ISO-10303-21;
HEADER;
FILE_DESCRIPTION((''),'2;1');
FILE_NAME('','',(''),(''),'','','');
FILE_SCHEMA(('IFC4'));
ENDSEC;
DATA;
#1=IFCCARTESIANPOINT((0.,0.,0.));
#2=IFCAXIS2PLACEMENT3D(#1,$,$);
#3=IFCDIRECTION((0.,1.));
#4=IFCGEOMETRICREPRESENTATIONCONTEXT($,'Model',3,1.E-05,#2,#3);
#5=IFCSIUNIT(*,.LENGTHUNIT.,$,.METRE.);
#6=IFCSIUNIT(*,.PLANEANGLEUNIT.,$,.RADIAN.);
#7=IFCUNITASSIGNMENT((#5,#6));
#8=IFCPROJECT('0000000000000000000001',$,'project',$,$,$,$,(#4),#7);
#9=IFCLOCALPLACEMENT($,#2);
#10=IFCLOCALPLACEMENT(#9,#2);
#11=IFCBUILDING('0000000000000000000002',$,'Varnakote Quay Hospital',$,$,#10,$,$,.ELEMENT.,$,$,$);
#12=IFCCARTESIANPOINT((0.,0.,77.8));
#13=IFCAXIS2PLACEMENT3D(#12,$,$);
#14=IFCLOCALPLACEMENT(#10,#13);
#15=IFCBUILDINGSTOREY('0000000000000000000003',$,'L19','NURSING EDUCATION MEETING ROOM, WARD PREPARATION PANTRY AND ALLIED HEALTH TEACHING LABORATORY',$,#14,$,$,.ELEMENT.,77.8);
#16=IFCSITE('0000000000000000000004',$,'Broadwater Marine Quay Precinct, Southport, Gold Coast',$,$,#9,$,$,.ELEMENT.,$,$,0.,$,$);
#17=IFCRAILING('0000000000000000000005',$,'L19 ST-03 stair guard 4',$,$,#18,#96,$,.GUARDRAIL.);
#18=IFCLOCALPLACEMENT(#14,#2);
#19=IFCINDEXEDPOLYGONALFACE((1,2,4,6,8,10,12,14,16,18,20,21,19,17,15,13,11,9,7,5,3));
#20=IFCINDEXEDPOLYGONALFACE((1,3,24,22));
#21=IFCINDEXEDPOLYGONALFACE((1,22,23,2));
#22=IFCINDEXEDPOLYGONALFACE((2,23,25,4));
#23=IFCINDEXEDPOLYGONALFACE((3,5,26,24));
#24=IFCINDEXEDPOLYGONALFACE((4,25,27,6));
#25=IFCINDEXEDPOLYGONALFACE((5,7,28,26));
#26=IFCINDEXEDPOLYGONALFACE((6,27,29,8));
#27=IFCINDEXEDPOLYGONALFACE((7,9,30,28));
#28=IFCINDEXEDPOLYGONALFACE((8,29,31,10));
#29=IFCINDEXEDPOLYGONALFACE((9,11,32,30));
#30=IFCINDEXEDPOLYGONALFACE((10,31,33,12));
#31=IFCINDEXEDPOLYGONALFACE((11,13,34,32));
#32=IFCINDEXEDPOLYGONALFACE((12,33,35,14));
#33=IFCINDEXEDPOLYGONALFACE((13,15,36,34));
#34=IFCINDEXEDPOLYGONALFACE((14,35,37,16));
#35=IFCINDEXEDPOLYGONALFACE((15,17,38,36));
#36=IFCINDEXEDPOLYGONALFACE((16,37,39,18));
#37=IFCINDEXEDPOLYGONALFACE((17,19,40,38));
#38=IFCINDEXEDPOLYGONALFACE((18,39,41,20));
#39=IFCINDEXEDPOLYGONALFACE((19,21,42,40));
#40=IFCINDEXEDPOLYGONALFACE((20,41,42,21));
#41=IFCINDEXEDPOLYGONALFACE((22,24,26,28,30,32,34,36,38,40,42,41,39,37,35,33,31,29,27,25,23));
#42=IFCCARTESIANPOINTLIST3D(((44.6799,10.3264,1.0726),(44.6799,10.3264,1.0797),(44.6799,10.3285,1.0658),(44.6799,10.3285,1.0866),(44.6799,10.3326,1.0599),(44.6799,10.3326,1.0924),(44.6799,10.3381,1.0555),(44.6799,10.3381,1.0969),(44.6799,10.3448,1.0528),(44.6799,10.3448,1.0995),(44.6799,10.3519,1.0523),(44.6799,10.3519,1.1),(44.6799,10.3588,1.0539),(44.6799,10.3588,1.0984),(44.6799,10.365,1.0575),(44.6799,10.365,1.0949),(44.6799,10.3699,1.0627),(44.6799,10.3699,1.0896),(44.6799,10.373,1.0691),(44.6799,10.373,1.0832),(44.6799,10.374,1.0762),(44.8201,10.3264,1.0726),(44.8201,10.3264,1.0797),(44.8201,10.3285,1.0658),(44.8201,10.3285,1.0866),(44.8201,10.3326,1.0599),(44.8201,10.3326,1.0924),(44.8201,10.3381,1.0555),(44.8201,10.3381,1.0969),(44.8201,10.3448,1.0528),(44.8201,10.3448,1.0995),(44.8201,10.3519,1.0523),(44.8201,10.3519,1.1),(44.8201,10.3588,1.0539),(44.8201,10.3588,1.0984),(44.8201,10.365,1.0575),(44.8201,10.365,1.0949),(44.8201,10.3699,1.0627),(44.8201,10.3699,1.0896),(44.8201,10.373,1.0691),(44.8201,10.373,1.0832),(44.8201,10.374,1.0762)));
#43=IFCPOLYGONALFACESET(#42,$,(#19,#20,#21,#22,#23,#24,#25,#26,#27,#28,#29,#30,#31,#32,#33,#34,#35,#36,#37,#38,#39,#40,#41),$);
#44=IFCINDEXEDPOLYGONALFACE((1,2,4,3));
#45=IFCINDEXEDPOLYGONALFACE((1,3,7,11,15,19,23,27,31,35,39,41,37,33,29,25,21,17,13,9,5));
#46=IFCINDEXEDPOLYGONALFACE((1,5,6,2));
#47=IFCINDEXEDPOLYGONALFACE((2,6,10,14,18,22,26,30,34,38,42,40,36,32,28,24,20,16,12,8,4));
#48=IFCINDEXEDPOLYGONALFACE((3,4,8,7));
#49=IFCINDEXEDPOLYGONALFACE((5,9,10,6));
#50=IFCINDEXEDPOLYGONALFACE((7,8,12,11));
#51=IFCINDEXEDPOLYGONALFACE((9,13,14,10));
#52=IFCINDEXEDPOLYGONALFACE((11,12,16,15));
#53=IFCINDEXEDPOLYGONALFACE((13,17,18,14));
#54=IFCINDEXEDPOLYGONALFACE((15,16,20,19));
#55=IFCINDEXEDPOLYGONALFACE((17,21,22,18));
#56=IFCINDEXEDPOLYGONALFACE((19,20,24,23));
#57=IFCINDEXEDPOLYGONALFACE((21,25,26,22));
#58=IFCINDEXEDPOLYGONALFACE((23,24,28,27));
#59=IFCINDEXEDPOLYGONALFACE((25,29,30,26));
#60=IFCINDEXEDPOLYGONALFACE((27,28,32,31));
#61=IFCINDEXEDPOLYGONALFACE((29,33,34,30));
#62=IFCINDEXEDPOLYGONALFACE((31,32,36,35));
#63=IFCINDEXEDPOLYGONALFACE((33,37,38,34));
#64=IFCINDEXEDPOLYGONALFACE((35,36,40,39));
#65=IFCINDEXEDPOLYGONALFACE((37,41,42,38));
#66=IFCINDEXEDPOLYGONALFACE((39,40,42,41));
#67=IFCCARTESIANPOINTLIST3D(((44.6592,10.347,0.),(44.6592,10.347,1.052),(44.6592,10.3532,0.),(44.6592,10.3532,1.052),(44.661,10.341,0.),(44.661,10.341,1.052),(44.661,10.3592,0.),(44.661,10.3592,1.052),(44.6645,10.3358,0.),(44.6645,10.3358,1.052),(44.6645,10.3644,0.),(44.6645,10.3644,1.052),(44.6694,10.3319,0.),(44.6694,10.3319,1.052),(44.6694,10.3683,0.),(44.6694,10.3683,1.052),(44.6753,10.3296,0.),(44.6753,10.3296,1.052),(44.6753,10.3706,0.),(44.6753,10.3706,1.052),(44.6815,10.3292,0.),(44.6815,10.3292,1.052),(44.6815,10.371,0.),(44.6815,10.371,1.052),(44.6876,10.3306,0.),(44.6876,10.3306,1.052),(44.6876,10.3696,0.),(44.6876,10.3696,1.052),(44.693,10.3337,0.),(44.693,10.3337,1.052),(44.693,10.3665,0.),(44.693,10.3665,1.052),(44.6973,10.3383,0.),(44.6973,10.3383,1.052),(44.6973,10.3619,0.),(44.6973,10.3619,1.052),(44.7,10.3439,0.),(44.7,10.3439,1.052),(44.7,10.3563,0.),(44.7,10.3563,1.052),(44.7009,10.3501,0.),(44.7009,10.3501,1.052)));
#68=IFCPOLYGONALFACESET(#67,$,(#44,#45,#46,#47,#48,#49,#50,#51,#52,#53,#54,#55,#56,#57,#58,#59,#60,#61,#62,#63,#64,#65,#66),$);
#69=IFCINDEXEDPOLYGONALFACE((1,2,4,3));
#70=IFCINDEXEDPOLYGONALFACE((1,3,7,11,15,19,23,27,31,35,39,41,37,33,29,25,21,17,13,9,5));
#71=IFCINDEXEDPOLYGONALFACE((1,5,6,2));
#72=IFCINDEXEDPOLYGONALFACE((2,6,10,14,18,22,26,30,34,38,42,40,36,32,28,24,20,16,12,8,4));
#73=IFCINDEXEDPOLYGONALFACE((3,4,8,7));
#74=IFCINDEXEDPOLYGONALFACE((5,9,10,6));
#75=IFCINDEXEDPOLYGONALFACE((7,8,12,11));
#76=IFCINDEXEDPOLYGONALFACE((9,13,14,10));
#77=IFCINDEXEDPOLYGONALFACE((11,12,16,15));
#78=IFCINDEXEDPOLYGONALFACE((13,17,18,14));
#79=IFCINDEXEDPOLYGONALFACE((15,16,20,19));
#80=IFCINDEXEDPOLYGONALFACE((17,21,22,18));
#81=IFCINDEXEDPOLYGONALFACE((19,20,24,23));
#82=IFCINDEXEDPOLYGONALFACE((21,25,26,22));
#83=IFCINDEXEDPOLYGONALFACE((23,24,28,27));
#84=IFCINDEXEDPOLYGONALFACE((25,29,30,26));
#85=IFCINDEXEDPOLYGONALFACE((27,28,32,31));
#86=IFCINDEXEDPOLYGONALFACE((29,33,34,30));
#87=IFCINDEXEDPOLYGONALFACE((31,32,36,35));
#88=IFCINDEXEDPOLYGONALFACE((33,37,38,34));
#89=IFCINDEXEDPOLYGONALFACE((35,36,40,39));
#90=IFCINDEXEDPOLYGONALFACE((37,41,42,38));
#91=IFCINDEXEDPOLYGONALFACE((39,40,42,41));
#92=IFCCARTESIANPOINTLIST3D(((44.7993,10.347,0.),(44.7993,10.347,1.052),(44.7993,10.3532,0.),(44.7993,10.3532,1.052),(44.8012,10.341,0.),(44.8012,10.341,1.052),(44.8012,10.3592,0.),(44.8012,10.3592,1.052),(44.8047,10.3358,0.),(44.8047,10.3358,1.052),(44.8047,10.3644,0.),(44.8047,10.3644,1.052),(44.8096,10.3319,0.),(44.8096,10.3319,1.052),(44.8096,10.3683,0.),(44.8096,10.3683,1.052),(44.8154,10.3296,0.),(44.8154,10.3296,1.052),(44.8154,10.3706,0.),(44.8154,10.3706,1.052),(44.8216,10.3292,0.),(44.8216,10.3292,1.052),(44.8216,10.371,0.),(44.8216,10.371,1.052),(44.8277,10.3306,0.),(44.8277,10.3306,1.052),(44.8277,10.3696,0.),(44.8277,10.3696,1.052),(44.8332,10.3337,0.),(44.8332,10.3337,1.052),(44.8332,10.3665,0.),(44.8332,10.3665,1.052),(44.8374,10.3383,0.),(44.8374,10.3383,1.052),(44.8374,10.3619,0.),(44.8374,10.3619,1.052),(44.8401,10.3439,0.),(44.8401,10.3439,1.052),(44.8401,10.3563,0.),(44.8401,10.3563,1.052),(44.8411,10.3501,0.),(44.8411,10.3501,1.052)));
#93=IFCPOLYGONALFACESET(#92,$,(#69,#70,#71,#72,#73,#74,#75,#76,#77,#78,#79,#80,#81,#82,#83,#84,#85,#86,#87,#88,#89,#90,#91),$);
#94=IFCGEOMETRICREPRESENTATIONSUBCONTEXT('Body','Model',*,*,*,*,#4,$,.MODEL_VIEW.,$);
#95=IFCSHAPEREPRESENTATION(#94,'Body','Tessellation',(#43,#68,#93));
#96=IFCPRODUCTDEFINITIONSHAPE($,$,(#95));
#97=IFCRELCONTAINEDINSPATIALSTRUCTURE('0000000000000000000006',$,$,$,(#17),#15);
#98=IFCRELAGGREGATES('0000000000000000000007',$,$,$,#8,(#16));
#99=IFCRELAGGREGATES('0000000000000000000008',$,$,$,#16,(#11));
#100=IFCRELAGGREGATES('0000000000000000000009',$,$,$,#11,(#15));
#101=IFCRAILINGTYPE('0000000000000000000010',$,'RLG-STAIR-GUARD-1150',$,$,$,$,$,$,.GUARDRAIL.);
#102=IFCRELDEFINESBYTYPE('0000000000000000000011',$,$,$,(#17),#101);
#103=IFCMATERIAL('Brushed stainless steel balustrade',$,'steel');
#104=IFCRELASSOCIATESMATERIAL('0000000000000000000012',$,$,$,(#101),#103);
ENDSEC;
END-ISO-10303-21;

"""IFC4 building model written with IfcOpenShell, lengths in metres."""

from ifc_helpers import new_model, si_unit, direction, frame, origin, origin_2d, place, context, subcontext, project, spatial, circle, extrude, material, type_object, element, save


model = new_model("IFC4")

# Units and contexts
model_context = context("Model", 3, precision=1e-05, world=origin(), true_north=direction((0.0, 1.0)))
body_context = subcontext(model_context, "Body", "Model", "MODEL_VIEW")
ifc_project = project(units=[si_unit("LENGTHUNIT", "METRE"), si_unit("PLANEANGLEUNIT", "RADIAN")], contexts=[model_context])

# Site, building, storey
site_placement = place(None, origin())
site = spatial("IfcSite", under=ifc_project, at=site_placement, Name="Broadwater Marine Quay Precinct, Southport, Gold Coast", CompositionType="ELEMENT", RefElevation=0.0)
building_placement = place(site_placement, origin())
building = spatial("IfcBuilding", under=site, at=building_placement, Name="Varnakote Quay Hospital", CompositionType="ELEMENT")
storey_placement = place(building_placement, frame((0.0, 0.0, 77.8)))
storey = spatial("IfcBuildingStorey", under=building, at=storey_placement, Name="L19", Description="NURSING EDUCATION MEETING ROOM, WARD PREPARATION PANTRY AND ALLIED HEALTH TEACHING LABORATORY", CompositionType="ELEMENT", Elevation=77.8)

# Railing
ifc_material_1 = material(Name="Brushed stainless steel balustrade", Category="steel")
railing_type_1 = type_object("IfcRailingType", Name="RLG-STAIR-GUARD-1150", PredefinedType="GUARDRAIL", material=ifc_material_1)
railing_1_placement = place(storey_placement, frame((44.6799, 10.3501, 0.0)))
element("IfcRailing", 1, at=railing_1_placement, inside=storey, type_object=railing_type_1, Name="L19 ST-03 stair guard 4", PredefinedType="GUARDRAIL", context=body_context, shape_type="SweptSolid", body=[
    extrude(circle(Radius=0.0239, at=origin_2d()), frame((0.0, 0.0, 1.0762), z_axis=(1.0, 0.0, 0.0), x_axis=(0.0, 1.0, 0.0)), (0.0, 0.0, 1.0), 0.1401),
    extrude(circle(Radius=0.021, at=origin_2d()), origin(), (0.0, 0.0, 1.0), 1.052),
    extrude(circle(Radius=0.021, at=origin_2d()), frame((0.1401, 0.0, 0.0)), (0.0, 0.0, 1.0), 1.052),
])

save(model, "model.ifc")
